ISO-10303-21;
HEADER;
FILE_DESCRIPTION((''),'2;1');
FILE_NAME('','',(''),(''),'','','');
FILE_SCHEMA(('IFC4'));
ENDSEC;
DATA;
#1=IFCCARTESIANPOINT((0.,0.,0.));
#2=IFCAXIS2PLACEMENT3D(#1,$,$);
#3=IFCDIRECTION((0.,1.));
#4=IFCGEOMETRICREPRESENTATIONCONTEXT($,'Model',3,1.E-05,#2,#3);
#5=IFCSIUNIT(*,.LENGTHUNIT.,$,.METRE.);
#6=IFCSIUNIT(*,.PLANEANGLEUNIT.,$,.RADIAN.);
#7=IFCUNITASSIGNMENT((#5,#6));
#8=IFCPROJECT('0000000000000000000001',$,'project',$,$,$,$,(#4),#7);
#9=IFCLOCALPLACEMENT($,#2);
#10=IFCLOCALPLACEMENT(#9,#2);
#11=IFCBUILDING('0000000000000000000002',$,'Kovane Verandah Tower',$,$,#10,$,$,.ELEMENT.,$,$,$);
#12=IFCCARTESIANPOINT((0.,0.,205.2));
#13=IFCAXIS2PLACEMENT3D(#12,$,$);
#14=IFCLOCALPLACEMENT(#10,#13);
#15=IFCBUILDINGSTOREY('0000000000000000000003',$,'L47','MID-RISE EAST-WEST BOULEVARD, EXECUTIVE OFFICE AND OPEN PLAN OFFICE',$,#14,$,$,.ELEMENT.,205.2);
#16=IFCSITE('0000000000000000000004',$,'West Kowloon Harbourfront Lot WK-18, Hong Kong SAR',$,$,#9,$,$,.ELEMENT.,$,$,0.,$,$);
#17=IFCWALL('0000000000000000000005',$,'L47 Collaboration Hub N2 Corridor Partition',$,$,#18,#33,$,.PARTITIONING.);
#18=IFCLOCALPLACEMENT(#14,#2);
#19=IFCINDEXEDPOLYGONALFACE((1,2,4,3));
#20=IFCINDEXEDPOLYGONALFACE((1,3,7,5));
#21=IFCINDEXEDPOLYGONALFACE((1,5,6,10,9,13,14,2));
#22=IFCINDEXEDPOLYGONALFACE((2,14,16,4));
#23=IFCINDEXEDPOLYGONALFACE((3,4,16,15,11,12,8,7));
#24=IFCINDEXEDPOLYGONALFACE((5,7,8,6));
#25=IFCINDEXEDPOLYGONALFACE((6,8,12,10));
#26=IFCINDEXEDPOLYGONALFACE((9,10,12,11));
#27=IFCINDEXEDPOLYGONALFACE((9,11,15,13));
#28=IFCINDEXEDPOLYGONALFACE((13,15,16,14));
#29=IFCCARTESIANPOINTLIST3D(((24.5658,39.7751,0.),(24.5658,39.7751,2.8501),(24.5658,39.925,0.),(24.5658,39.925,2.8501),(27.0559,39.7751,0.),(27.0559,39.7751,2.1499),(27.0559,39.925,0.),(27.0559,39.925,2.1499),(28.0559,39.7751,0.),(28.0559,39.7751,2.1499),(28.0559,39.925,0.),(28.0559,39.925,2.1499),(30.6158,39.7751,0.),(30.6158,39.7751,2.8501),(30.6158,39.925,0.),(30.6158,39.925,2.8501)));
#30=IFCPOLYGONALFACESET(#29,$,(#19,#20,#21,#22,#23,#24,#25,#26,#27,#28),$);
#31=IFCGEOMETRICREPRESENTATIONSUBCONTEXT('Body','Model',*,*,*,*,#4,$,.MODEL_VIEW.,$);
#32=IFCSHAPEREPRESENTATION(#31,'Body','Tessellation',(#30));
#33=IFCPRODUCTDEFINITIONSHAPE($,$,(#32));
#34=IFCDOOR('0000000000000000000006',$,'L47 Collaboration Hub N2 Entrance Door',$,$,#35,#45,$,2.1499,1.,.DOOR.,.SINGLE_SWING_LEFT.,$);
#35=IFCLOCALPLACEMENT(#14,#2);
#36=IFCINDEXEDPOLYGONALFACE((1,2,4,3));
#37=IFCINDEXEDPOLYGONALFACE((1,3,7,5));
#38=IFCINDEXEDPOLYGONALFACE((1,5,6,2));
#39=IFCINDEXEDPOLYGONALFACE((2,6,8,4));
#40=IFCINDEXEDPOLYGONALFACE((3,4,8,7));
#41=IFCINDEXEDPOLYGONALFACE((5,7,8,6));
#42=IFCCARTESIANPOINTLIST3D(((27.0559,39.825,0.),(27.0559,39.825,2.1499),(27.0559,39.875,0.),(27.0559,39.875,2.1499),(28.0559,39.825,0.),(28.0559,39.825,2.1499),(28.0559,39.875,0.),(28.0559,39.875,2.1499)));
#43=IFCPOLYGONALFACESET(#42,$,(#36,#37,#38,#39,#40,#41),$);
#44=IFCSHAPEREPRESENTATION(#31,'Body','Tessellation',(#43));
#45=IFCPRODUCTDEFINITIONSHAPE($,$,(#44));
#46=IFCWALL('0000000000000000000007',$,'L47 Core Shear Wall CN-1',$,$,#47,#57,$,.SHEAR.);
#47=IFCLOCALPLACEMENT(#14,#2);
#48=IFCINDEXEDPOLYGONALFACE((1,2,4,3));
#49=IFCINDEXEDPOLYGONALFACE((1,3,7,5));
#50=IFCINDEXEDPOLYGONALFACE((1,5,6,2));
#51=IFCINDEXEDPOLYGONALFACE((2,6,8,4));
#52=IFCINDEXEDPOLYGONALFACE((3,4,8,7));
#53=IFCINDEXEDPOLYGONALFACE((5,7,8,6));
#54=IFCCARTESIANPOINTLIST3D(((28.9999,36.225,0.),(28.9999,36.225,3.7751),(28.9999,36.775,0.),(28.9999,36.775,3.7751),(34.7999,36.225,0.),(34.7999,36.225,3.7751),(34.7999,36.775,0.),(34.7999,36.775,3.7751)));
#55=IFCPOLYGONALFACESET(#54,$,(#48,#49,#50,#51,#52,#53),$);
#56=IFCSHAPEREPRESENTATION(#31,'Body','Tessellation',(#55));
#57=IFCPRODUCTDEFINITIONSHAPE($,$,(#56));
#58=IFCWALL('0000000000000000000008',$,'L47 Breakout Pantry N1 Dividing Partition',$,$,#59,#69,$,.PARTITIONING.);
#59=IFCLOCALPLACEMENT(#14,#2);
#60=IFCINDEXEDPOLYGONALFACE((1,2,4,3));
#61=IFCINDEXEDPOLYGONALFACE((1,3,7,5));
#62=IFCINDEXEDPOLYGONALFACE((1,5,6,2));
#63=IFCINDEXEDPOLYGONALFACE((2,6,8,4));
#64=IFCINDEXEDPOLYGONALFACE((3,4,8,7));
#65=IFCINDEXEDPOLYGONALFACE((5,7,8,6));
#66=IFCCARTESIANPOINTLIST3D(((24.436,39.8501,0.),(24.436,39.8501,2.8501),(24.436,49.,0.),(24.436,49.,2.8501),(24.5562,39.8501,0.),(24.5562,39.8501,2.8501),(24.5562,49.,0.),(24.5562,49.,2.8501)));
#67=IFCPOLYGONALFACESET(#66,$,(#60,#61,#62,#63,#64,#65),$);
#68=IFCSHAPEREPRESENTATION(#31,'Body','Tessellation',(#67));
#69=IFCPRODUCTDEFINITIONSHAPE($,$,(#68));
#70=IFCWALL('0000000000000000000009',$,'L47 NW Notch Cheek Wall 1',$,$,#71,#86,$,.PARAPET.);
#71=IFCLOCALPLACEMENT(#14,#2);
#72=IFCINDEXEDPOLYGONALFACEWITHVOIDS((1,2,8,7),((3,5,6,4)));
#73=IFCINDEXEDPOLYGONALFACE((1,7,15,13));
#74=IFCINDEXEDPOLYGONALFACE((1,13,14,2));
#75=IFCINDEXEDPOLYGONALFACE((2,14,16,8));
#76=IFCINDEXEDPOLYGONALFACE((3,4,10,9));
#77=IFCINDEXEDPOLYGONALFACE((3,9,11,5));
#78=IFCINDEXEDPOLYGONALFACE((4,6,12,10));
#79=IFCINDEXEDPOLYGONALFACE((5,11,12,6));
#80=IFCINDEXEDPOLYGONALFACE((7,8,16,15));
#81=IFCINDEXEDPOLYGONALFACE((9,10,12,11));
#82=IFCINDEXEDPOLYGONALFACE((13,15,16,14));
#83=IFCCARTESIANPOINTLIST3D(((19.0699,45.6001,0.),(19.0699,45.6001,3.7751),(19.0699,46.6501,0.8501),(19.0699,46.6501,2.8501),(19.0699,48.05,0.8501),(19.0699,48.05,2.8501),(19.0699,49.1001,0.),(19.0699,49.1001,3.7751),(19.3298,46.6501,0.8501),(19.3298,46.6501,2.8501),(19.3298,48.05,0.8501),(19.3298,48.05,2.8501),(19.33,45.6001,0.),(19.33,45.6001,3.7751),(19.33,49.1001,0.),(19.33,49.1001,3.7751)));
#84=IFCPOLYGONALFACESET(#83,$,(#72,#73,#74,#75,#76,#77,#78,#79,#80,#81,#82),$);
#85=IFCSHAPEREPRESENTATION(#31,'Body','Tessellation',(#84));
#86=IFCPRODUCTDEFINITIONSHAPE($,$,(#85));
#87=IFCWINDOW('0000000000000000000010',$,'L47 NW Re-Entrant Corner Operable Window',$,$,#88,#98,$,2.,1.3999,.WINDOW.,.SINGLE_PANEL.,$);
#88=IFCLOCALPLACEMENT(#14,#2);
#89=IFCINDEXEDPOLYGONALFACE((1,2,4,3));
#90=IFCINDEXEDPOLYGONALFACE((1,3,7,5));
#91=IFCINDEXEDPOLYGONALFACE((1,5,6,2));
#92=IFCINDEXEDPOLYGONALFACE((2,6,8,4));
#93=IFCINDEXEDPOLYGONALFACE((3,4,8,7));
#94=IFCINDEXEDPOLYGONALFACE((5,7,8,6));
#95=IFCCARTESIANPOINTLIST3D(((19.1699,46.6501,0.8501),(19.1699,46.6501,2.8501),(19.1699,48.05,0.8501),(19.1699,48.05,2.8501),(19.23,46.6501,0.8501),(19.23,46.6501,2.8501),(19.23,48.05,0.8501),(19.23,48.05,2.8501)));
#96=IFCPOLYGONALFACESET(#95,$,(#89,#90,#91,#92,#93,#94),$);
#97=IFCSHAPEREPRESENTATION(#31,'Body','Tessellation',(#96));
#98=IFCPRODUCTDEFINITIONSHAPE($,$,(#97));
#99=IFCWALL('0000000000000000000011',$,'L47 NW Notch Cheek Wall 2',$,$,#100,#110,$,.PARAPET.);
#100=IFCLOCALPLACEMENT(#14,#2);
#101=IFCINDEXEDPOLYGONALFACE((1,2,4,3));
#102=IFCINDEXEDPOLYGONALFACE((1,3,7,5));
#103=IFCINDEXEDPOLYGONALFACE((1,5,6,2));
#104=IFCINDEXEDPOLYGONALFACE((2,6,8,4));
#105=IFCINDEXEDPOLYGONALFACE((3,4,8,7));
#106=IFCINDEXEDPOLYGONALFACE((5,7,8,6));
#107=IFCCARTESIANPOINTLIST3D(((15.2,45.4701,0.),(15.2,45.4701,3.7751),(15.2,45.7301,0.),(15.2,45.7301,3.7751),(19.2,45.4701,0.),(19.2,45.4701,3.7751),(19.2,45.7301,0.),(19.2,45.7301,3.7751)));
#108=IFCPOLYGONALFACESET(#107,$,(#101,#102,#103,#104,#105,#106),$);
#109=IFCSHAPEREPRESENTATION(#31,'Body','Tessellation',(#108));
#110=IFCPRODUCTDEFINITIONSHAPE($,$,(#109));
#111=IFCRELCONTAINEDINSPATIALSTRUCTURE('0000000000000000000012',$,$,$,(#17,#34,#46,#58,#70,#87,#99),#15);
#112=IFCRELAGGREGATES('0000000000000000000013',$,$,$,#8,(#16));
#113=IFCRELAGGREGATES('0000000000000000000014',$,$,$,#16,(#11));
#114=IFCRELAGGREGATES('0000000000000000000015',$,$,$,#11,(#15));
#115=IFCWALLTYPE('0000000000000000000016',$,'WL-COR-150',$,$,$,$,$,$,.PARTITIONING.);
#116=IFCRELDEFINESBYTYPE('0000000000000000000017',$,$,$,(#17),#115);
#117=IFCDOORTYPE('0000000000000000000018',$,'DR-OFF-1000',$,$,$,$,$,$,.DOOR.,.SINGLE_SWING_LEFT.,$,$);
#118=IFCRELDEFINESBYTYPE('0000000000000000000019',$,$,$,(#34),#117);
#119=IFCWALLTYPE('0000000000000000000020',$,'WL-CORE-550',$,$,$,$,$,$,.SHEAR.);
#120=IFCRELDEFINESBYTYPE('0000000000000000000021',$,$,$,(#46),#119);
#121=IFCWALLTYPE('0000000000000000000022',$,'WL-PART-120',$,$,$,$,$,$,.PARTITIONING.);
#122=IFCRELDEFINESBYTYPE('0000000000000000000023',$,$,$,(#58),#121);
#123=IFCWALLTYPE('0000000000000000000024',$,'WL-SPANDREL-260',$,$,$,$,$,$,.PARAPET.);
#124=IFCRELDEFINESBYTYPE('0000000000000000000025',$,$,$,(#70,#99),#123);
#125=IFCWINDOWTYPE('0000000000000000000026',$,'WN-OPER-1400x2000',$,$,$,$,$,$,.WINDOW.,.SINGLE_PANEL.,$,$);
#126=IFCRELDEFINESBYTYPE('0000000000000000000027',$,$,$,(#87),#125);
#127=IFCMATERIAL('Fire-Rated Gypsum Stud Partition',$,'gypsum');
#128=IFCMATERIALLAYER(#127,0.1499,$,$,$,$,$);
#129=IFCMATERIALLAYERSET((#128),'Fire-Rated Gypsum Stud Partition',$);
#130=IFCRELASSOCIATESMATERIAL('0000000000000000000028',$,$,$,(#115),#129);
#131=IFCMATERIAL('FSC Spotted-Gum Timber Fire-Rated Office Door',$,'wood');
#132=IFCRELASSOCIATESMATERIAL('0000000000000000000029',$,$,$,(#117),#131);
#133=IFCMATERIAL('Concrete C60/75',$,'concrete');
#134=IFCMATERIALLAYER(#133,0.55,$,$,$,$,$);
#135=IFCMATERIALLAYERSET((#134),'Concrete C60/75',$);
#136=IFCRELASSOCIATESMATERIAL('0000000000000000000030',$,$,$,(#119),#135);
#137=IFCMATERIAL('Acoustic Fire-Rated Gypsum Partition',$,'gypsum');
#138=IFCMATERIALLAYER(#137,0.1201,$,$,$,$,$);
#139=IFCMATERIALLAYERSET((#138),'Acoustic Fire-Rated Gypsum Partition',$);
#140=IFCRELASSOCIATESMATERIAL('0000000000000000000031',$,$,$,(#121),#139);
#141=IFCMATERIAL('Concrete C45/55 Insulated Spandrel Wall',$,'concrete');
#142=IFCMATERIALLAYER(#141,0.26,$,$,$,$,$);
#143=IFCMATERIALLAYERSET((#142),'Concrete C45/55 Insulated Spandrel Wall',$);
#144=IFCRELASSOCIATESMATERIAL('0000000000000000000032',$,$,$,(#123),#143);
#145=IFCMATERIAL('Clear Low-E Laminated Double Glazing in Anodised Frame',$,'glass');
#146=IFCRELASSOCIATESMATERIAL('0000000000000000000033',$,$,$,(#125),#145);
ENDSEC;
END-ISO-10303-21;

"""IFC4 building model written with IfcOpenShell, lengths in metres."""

from ifc_helpers import new_model, si_unit, direction, frame, frame_2d, origin, place, context, subcontext, project, spatial, rectangle, extrude, material, layer, layer_set, type_object, element, fill, save


model = new_model("IFC4")

# Units and contexts
model_context = context("Model", 3, precision=1e-05, world=origin(), true_north=direction((0.0, 1.0)))
body_context = subcontext(model_context, "Body", "Model", "MODEL_VIEW")
ifc_project = project(units=[si_unit("LENGTHUNIT", "METRE"), si_unit("PLANEANGLEUNIT", "RADIAN")], contexts=[model_context])

# Site, building, storey
site_placement = place(None, origin())
site = spatial("IfcSite", under=ifc_project, at=site_placement, Name="West Kowloon Harbourfront Lot WK-18, Hong Kong SAR", CompositionType="ELEMENT", RefElevation=0.0)
building_placement = place(site_placement, origin())
building = spatial("IfcBuilding", under=site, at=building_placement, Name="Kovane Verandah Tower", CompositionType="ELEMENT")
storey_placement = place(building_placement, frame((0.0, 0.0, 205.2)))
storey = spatial("IfcBuildingStorey", under=building, at=storey_placement, Name="L47", Description="MID-RISE EAST-WEST BOULEVARD, EXECUTIVE OFFICE AND OPEN PLAN OFFICE", CompositionType="ELEMENT", Elevation=205.2)

# Shared definitions
ifc_material_1 = material(Name="Concrete C60/75", Category="concrete")

# Wall, opening, door
ifc_material_2 = material(Name="Fire-Rated Gypsum Stud Partition", Category="gypsum")
ifc_layer_1 = layer(ifc_material_2, 0.1499)
ifc_layer_set_1 = layer_set([ifc_layer_1], Name="Fire-Rated Gypsum Stud Partition")
wall_type_1 = type_object("IfcWallType", Name="WL-COR-150", PredefinedType="PARTITIONING", material=ifc_layer_set_1)
ifc_material_3 = material(Name="FSC Spotted-Gum Timber Fire-Rated Office Door", Category="wood")
door_type_1 = type_object("IfcDoorType", Name="DR-OFF-1000", OperationType="SINGLE_SWING_LEFT", PredefinedType="DOOR", material=ifc_material_3)
wall_1_placement = place(storey_placement, frame((24.5659, 39.8501, 0.0), z_axis=(0.0, 0.0, 1.0), x_axis=(1.0, 0.0, 0.0)))
wall_1 = element("IfcWall", 1, at=wall_1_placement, inside=storey, type_object=wall_type_1, Name="L47 Collaboration Hub N2 Corridor Partition", PredefinedType="PARTITIONING", context=body_context, shape_type="SweptSolid", body=[
    extrude(rectangle(XDim=6.05, YDim=0.1499, at=frame_2d((3.0249, 0.0))), origin(), (0.0, 0.0, 1.0), 2.8501),
])
opening_1_placement = place(wall_1_placement, frame((2.49, 0.0, 0.0)))
opening_1 = element("IfcOpeningElement", 2, at=opening_1_placement, cuts=wall_1, PredefinedType="OPENING", context=body_context, shape_type="SweptSolid", body=[
    extrude(rectangle(XDim=1.0, YDim=2.1499, at=frame_2d((0.5, 1.075))), frame((0.0, 0.075, 0.0), z_axis=(0.0, -1.0, 0.0), x_axis=(1.0, 0.0, 0.0)), (0.0, 0.0, 1.0), 0.1499),
])
door_1_placement = place(opening_1_placement, origin())
door_1 = element("IfcDoor", 3, at=door_1_placement, inside=storey, type_object=door_type_1, Name="L47 Collaboration Hub N2 Entrance Door", OperationType="SINGLE_SWING_LEFT", OverallHeight=2.1499, OverallWidth=1.0, PredefinedType="DOOR", context=body_context, shape_type="SweptSolid", body=[
    extrude(rectangle(XDim=1.0, YDim=2.1499, at=frame_2d((0.5, 1.075))), frame((0.0, 0.0249, 0.0), z_axis=(0.0, -1.0, 0.0), x_axis=(1.0, 0.0, 0.0)), (0.0, 0.0, 1.0), 0.05),
])
fill(opening_1, door_1)

# Walls
ifc_layer_2 = layer(ifc_material_1, 0.55)
ifc_layer_set_2 = layer_set([ifc_layer_2], Name="Concrete C60/75")
wall_type_2 = type_object("IfcWallType", Name="WL-CORE-550", PredefinedType="SHEAR", material=ifc_layer_set_2)
wall_2_placement = place(storey_placement, frame((29.0, 36.5, 0.0), z_axis=(0.0, 0.0, 1.0), x_axis=(1.0, 0.0, 0.0)))
element("IfcWall", 4, at=wall_2_placement, inside=storey, type_object=wall_type_2, Name="L47 Core Shear Wall CN-1", PredefinedType="SHEAR", context=body_context, shape_type="SweptSolid", body=[
    extrude(rectangle(XDim=5.8, YDim=0.55, at=frame_2d((2.8999, 0.0))), origin(), (0.0, 0.0, 1.0), 3.7751),
])
ifc_material_4 = material(Name="Acoustic Fire-Rated Gypsum Partition", Category="gypsum")
ifc_layer_3 = layer(ifc_material_4, 0.1201)
ifc_layer_set_3 = layer_set([ifc_layer_3], Name="Acoustic Fire-Rated Gypsum Partition")
wall_type_3 = type_object("IfcWallType", Name="WL-PART-120", PredefinedType="PARTITIONING", material=ifc_layer_set_3)
wall_3_placement = place(storey_placement, frame((24.4961, 39.8501, 0.0), z_axis=(0.0, 0.0, 1.0), x_axis=(0.0, 1.0, 0.0)))
element("IfcWall", 5, at=wall_3_placement, inside=storey, type_object=wall_type_3, Name="L47 Breakout Pantry N1 Dividing Partition", PredefinedType="PARTITIONING", context=body_context, shape_type="SweptSolid", body=[
    extrude(rectangle(XDim=9.1499, YDim=0.1201, at=frame_2d((4.575, 0.0))), origin(), (0.0, 0.0, 1.0), 2.8501),
])

# Shared definitions
ifc_material_5 = material(Name="Concrete C45/55 Insulated Spandrel Wall", Category="concrete")
ifc_layer_4 = layer(ifc_material_5, 0.26)
ifc_layer_set_4 = layer_set([ifc_layer_4], Name="Concrete C45/55 Insulated Spandrel Wall")
wall_type_4 = type_object("IfcWallType", Name="WL-SPANDREL-260", PredefinedType="PARAPET", material=ifc_layer_set_4)
ifc_material_6 = material(Name="Clear Low-E Laminated Double Glazing in Anodised Frame", Category="glass")

# Wall, opening, window
wall_4_placement = place(storey_placement, frame((19.2, 49.1001, 0.0), z_axis=(0.0, 0.0, 1.0), x_axis=(0.0, -1.0, 0.0)))
wall_4 = element("IfcWall", 6, at=wall_4_placement, inside=storey, type_object=wall_type_4, Name="L47 NW Notch Cheek Wall 1", PredefinedType="PARAPET", context=body_context, shape_type="SweptSolid", body=[
    extrude(rectangle(XDim=3.5, YDim=0.26, at=frame_2d((1.75, 0.0))), origin(), (0.0, 0.0, 1.0), 3.7751),
])
opening_2_placement = place(wall_4_placement, frame((1.05, 0.0, 0.8501)))
opening_2 = element("IfcOpeningElement", 7, at=opening_2_placement, cuts=wall_4, PredefinedType="OPENING", context=body_context, shape_type="SweptSolid", body=[
    extrude(rectangle(XDim=1.3999, YDim=2.0, at=frame_2d((0.7, 1.0))), frame((0.0, 0.1299, 0.0), z_axis=(0.0, -1.0, 0.0), x_axis=(1.0, 0.0, 0.0)), (0.0, 0.0, 1.0), 0.26),
])
window_type_1 = type_object("IfcWindowType", Name="WN-OPER-1400x2000", PartitioningType="SINGLE_PANEL", PredefinedType="WINDOW", material=ifc_material_6)
window_1_placement = place(opening_2_placement, origin())
window_1 = element("IfcWindow", 8, at=window_1_placement, inside=storey, type_object=window_type_1, Name="L47 NW Re-Entrant Corner Operable Window", OverallHeight=2.0, OverallWidth=1.3999, PartitioningType="SINGLE_PANEL", PredefinedType="WINDOW", context=body_context, shape_type="SweptSolid", body=[
    extrude(rectangle(XDim=1.3999, YDim=2.0, at=frame_2d((0.7, 1.0))), frame((0.0, 0.03, 0.0), z_axis=(0.0, -1.0, 0.0), x_axis=(1.0, 0.0, 0.0)), (0.0, 0.0, 1.0), 0.0601),
])
fill(opening_2, window_1)

# Wall
wall_5_placement = place(storey_placement, frame((19.2, 45.6001, 0.0), z_axis=(0.0, 0.0, 1.0), x_axis=(-1.0, 0.0, 0.0)))
element("IfcWall", 9, at=wall_5_placement, inside=storey, type_object=wall_type_4, Name="L47 NW Notch Cheek Wall 2", PredefinedType="PARAPET", context=body_context, shape_type="SweptSolid", body=[
    extrude(rectangle(XDim=4.0, YDim=0.26, at=frame_2d((2.0, 0.0))), origin(), (0.0, 0.0, 1.0), 3.7751),
])

save(model, "model.ifc")
